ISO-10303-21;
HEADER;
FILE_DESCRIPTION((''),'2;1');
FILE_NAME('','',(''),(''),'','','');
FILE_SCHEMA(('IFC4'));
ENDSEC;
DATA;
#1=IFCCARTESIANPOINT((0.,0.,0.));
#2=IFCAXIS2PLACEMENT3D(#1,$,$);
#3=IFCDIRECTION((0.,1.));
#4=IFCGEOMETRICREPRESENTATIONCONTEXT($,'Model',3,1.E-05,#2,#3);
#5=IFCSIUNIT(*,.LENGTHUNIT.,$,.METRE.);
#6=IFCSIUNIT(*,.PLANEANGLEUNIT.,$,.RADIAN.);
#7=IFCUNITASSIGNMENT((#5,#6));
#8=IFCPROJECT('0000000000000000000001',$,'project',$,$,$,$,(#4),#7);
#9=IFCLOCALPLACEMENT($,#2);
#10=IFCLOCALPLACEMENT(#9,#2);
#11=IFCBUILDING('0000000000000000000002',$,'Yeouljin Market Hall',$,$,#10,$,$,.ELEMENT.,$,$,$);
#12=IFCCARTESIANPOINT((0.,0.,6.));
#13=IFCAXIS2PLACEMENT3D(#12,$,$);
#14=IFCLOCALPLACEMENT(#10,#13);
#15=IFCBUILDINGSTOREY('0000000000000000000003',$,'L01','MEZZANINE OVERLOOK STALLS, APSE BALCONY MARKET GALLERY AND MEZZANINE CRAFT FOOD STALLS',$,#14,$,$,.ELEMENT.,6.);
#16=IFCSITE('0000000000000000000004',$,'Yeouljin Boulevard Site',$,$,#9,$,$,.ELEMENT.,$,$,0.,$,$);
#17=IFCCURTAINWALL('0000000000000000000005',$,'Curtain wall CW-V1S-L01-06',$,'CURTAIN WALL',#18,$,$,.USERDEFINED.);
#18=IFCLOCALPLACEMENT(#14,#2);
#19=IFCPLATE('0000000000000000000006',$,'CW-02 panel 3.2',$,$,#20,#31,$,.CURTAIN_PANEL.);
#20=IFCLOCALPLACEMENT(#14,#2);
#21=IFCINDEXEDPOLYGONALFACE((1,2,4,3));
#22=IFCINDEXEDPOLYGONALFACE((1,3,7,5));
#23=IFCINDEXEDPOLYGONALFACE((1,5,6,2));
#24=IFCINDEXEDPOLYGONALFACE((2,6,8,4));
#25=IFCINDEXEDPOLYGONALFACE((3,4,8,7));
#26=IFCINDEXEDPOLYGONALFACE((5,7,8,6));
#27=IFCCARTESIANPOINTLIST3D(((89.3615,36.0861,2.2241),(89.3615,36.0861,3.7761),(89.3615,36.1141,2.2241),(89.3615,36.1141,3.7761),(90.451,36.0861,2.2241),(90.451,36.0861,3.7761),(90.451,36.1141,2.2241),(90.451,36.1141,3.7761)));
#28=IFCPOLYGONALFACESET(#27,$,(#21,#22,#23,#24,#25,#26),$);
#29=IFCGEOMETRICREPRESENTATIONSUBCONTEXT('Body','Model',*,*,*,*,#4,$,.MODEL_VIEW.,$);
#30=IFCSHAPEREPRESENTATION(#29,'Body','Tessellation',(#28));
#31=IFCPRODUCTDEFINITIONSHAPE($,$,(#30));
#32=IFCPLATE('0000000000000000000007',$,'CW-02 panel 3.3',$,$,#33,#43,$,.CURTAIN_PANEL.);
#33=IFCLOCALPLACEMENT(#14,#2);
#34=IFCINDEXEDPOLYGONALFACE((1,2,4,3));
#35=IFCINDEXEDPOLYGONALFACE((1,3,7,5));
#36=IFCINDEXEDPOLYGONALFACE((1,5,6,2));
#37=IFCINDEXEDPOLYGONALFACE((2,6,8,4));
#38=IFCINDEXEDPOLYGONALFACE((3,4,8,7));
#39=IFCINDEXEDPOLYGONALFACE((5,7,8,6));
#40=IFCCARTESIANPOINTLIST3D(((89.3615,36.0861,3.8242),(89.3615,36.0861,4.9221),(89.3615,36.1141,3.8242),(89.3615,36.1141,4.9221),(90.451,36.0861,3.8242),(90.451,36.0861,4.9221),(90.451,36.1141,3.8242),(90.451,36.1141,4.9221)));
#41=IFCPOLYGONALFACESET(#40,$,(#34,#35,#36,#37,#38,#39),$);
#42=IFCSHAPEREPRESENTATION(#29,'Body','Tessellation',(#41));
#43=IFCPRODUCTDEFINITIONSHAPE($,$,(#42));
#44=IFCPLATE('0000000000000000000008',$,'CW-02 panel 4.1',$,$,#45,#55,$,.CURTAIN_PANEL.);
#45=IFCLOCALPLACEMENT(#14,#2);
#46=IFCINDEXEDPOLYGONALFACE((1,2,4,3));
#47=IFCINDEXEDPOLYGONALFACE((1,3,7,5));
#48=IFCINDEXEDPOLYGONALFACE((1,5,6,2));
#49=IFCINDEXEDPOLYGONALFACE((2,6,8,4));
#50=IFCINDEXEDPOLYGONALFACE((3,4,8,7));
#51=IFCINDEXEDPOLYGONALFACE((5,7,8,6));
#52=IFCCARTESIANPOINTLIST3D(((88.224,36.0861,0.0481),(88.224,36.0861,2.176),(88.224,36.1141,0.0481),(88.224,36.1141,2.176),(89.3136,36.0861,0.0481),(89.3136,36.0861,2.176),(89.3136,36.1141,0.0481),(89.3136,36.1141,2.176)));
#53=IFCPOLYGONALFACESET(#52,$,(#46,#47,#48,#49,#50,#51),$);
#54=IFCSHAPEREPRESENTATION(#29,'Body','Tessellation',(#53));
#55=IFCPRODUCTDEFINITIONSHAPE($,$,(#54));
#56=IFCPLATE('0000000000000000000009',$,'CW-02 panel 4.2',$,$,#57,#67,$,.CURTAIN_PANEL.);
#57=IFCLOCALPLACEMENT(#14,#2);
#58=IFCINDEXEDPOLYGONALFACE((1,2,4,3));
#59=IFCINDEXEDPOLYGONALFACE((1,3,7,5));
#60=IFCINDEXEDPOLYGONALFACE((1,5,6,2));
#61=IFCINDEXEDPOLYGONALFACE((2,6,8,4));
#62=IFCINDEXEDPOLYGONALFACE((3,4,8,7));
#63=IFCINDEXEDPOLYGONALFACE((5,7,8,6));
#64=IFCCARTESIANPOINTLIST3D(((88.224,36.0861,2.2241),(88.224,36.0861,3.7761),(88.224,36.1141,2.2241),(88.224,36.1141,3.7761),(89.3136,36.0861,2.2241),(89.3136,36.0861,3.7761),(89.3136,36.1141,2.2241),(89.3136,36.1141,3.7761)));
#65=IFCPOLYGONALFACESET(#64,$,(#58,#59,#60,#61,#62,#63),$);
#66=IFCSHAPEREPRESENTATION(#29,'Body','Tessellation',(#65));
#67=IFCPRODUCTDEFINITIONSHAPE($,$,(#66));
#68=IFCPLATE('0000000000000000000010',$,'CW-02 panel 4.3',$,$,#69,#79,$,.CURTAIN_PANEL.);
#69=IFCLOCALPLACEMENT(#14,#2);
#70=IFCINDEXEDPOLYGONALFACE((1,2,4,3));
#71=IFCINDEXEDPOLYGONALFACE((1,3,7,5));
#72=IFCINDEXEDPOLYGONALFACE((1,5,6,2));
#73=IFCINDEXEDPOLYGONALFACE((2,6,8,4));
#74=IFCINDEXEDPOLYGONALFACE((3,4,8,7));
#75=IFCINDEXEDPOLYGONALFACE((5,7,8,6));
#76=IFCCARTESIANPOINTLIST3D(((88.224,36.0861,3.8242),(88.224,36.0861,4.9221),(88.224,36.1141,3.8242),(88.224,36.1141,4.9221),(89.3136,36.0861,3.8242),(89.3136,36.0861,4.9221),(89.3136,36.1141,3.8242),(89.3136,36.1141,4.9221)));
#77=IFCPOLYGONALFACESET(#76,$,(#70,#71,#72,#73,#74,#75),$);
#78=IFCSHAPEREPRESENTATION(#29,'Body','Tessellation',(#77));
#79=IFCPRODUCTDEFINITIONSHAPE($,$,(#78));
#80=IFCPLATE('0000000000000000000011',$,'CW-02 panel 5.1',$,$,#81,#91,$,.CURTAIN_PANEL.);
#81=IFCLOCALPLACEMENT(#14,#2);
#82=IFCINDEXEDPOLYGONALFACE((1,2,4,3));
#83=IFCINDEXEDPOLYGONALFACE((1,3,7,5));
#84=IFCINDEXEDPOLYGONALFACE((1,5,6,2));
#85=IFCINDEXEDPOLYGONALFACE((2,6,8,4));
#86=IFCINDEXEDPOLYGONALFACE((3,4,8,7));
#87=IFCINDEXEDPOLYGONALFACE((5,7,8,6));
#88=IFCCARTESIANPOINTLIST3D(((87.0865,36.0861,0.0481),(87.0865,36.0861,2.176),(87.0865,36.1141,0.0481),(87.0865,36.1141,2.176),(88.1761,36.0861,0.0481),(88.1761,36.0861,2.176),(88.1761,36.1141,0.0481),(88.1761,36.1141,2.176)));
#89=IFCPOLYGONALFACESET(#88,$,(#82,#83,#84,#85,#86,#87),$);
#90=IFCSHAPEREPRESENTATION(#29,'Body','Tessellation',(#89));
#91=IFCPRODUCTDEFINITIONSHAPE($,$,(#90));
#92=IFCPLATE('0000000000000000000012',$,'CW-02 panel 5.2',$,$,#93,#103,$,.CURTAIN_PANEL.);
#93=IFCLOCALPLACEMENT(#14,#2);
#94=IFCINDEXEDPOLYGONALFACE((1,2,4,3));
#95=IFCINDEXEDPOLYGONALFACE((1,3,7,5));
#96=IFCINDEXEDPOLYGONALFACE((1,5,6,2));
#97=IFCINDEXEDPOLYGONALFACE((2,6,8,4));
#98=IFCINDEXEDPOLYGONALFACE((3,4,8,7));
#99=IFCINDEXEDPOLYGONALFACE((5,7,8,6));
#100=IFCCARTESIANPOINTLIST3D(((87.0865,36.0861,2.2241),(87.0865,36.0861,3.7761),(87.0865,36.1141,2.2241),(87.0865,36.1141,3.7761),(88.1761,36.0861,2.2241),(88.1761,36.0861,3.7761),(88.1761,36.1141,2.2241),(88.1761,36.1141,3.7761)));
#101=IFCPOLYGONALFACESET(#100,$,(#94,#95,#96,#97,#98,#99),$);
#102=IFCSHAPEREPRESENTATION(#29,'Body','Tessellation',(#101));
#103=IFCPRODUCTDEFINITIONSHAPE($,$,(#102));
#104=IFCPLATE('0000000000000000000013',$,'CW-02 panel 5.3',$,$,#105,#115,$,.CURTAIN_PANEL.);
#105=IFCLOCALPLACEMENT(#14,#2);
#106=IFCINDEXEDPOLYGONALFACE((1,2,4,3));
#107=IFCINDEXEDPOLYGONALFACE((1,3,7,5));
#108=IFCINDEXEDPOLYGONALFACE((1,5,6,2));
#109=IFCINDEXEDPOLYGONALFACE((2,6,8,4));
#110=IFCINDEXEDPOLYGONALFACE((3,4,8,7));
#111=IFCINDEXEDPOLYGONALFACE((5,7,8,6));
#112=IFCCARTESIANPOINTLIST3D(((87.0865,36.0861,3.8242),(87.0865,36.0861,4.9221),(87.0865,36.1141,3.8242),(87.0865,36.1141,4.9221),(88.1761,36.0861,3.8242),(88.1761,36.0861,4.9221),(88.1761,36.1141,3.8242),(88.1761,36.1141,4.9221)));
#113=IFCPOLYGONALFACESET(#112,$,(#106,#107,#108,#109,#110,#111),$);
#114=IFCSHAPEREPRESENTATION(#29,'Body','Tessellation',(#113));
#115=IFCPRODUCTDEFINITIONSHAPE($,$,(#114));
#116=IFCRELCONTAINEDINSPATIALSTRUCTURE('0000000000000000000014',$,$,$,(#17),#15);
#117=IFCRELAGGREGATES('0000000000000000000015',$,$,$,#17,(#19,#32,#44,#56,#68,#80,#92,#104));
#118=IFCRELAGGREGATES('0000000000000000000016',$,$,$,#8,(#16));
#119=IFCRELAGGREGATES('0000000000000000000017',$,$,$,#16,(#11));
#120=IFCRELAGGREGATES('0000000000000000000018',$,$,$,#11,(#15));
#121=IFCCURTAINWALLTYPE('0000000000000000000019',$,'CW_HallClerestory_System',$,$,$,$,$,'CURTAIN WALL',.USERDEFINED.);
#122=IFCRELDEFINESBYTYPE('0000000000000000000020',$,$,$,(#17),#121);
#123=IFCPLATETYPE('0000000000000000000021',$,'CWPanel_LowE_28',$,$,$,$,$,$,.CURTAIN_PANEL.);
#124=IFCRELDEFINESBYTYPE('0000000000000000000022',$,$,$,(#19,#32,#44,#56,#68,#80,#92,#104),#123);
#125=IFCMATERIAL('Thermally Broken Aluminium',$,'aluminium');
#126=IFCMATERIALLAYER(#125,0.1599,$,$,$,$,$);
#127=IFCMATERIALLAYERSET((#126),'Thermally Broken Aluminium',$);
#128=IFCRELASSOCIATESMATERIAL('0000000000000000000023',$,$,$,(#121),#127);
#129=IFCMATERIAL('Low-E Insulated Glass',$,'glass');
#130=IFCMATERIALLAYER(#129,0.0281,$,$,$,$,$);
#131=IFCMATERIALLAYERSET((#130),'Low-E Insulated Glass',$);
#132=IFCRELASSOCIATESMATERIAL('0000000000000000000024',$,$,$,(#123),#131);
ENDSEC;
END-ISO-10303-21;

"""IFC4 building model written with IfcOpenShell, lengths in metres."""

from ifc_helpers import new_model, si_unit, direction, frame, origin, origin_2d, place, context, subcontext, project, spatial, rectangle, extrude, material, layer, layer_set, type_object, element, aggregate, save


model = new_model("IFC4")

# Units and contexts
model_context = context("Model", 3, precision=1e-05, world=origin(), true_north=direction((0.0, 1.0)))
body_context = subcontext(model_context, "Body", "Model", "MODEL_VIEW")
ifc_project = project(units=[si_unit("LENGTHUNIT", "METRE"), si_unit("PLANEANGLEUNIT", "RADIAN")], contexts=[model_context])

# Site, building, storey
site_placement = place(None, origin())
site = spatial("IfcSite", under=ifc_project, at=site_placement, Name="Yeouljin Boulevard Site", CompositionType="ELEMENT", RefElevation=0.0)
building_placement = place(site_placement, origin())
building = spatial("IfcBuilding", under=site, at=building_placement, Name="Yeouljin Market Hall", CompositionType="ELEMENT")
storey_placement = place(building_placement, frame((0.0, 0.0, 6.0)))
storey = spatial("IfcBuildingStorey", under=building, at=storey_placement, Name="L01", Description="MEZZANINE OVERLOOK STALLS, APSE BALCONY MARKET GALLERY AND MEZZANINE CRAFT FOOD STALLS", CompositionType="ELEMENT", Elevation=6.0)

# Curtain wall
ifc_material_1 = material(Name="Thermally Broken Aluminium", Category="aluminium")
ifc_layer_1 = layer(ifc_material_1, 0.1599)
ifc_layer_set_1 = layer_set([ifc_layer_1], Name="Thermally Broken Aluminium")
curtain_wall_type = type_object("IfcCurtainWallType", Name="CW_HallClerestory_System", ElementType="CURTAIN WALL", PredefinedType="USERDEFINED", material=ifc_layer_set_1)
curtain_wall_placement = place(storey_placement, origin())
curtain_wall = element("IfcCurtainWall", 1, at=curtain_wall_placement, inside=storey, type_object=curtain_wall_type, Name="Curtain wall CW-V1S-L01-06", ObjectType="CURTAIN WALL", PredefinedType="USERDEFINED")

# Plates
ifc_material_2 = material(Name="Low-E Insulated Glass", Category="glass")
ifc_layer_2 = layer(ifc_material_2, 0.0281)
ifc_layer_set_2 = layer_set([ifc_layer_2], Name="Low-E Insulated Glass")
plate_type = type_object("IfcPlateType", Name="CWPanel_LowE_28", PredefinedType="CURTAIN_PANEL", material=ifc_layer_set_2)
plate_1_placement = place(storey_placement, frame((89.9062, 36.1001, 2.2241), z_axis=(0.0, 0.0, 1.0), x_axis=(-1.0, 0.0, 0.0)))
plate_1 = element("IfcPlate", 2, at=plate_1_placement, type_object=plate_type, Name="CW-02 panel 3.2", PredefinedType="CURTAIN_PANEL", context=body_context, shape_type="SweptSolid", body=[
    extrude(rectangle(XDim=1.0896, YDim=0.0281, at=origin_2d()), origin(), (0.0, 0.0, 1.0), 1.552),
])
plate_2_placement = place(storey_placement, frame((89.9062, 36.1001, 3.8242), z_axis=(0.0, 0.0, 1.0), x_axis=(-1.0, 0.0, 0.0)))
plate_2 = element("IfcPlate", 3, at=plate_2_placement, type_object=plate_type, Name="CW-02 panel 3.3", PredefinedType="CURTAIN_PANEL", context=body_context, shape_type="SweptSolid", body=[
    extrude(rectangle(XDim=1.0896, YDim=0.0281, at=origin_2d()), origin(), (0.0, 0.0, 1.0), 1.0979),
])
plate_3_placement = place(storey_placement, frame((88.7688, 36.1001, 0.0481), z_axis=(0.0, 0.0, 1.0), x_axis=(-1.0, 0.0, 0.0)))
plate_3 = element("IfcPlate", 4, at=plate_3_placement, type_object=plate_type, Name="CW-02 panel 4.1", PredefinedType="CURTAIN_PANEL", context=body_context, shape_type="SweptSolid", body=[
    extrude(rectangle(XDim=1.0896, YDim=0.0281, at=origin_2d()), origin(), (0.0, 0.0, 1.0), 2.1279),
])
plate_4_placement = place(storey_placement, frame((88.7688, 36.1001, 2.2241), z_axis=(0.0, 0.0, 1.0), x_axis=(-1.0, 0.0, 0.0)))
plate_4 = element("IfcPlate", 5, at=plate_4_placement, type_object=plate_type, Name="CW-02 panel 4.2", PredefinedType="CURTAIN_PANEL", context=body_context, shape_type="SweptSolid", body=[
    extrude(rectangle(XDim=1.0896, YDim=0.0281, at=origin_2d()), origin(), (0.0, 0.0, 1.0), 1.552),
])
plate_5_placement = place(storey_placement, frame((88.7688, 36.1001, 3.8242), z_axis=(0.0, 0.0, 1.0), x_axis=(-1.0, 0.0, 0.0)))
plate_5 = element("IfcPlate", 6, at=plate_5_placement, type_object=plate_type, Name="CW-02 panel 4.3", PredefinedType="CURTAIN_PANEL", context=body_context, shape_type="SweptSolid", body=[
    extrude(rectangle(XDim=1.0896, YDim=0.0281, at=origin_2d()), origin(), (0.0, 0.0, 1.0), 1.0979),
])
plate_6_placement = place(storey_placement, frame((87.6313, 36.1001, 0.0481), z_axis=(0.0, 0.0, 1.0), x_axis=(-1.0, 0.0, 0.0)))
plate_6 = element("IfcPlate", 7, at=plate_6_placement, type_object=plate_type, Name="CW-02 panel 5.1", PredefinedType="CURTAIN_PANEL", context=body_context, shape_type="SweptSolid", body=[
    extrude(rectangle(XDim=1.0896, YDim=0.0281, at=origin_2d()), origin(), (0.0, 0.0, 1.0), 2.1279),
])
plate_7_placement = place(storey_placement, frame((87.6313, 36.1001, 2.2241), z_axis=(0.0, 0.0, 1.0), x_axis=(-1.0, 0.0, 0.0)))
plate_7 = element("IfcPlate", 8, at=plate_7_placement, type_object=plate_type, Name="CW-02 panel 5.2", PredefinedType="CURTAIN_PANEL", context=body_context, shape_type="SweptSolid", body=[
    extrude(rectangle(XDim=1.0896, YDim=0.0281, at=origin_2d()), origin(), (0.0, 0.0, 1.0), 1.552),
])
plate_8_placement = place(storey_placement, frame((87.6313, 36.1001, 3.8242), z_axis=(0.0, 0.0, 1.0), x_axis=(-1.0, 0.0, 0.0)))
plate_8 = element("IfcPlate", 9, at=plate_8_placement, type_object=plate_type, Name="CW-02 panel 5.3", PredefinedType="CURTAIN_PANEL", context=body_context, shape_type="SweptSolid", body=[
    extrude(rectangle(XDim=1.0896, YDim=0.0281, at=origin_2d()), origin(), (0.0, 0.0, 1.0), 1.0979),
])
aggregate(curtain_wall, [plate_1, plate_2, plate_3, plate_4, plate_5, plate_6, plate_7, plate_8])

save(model, "model.ifc")
